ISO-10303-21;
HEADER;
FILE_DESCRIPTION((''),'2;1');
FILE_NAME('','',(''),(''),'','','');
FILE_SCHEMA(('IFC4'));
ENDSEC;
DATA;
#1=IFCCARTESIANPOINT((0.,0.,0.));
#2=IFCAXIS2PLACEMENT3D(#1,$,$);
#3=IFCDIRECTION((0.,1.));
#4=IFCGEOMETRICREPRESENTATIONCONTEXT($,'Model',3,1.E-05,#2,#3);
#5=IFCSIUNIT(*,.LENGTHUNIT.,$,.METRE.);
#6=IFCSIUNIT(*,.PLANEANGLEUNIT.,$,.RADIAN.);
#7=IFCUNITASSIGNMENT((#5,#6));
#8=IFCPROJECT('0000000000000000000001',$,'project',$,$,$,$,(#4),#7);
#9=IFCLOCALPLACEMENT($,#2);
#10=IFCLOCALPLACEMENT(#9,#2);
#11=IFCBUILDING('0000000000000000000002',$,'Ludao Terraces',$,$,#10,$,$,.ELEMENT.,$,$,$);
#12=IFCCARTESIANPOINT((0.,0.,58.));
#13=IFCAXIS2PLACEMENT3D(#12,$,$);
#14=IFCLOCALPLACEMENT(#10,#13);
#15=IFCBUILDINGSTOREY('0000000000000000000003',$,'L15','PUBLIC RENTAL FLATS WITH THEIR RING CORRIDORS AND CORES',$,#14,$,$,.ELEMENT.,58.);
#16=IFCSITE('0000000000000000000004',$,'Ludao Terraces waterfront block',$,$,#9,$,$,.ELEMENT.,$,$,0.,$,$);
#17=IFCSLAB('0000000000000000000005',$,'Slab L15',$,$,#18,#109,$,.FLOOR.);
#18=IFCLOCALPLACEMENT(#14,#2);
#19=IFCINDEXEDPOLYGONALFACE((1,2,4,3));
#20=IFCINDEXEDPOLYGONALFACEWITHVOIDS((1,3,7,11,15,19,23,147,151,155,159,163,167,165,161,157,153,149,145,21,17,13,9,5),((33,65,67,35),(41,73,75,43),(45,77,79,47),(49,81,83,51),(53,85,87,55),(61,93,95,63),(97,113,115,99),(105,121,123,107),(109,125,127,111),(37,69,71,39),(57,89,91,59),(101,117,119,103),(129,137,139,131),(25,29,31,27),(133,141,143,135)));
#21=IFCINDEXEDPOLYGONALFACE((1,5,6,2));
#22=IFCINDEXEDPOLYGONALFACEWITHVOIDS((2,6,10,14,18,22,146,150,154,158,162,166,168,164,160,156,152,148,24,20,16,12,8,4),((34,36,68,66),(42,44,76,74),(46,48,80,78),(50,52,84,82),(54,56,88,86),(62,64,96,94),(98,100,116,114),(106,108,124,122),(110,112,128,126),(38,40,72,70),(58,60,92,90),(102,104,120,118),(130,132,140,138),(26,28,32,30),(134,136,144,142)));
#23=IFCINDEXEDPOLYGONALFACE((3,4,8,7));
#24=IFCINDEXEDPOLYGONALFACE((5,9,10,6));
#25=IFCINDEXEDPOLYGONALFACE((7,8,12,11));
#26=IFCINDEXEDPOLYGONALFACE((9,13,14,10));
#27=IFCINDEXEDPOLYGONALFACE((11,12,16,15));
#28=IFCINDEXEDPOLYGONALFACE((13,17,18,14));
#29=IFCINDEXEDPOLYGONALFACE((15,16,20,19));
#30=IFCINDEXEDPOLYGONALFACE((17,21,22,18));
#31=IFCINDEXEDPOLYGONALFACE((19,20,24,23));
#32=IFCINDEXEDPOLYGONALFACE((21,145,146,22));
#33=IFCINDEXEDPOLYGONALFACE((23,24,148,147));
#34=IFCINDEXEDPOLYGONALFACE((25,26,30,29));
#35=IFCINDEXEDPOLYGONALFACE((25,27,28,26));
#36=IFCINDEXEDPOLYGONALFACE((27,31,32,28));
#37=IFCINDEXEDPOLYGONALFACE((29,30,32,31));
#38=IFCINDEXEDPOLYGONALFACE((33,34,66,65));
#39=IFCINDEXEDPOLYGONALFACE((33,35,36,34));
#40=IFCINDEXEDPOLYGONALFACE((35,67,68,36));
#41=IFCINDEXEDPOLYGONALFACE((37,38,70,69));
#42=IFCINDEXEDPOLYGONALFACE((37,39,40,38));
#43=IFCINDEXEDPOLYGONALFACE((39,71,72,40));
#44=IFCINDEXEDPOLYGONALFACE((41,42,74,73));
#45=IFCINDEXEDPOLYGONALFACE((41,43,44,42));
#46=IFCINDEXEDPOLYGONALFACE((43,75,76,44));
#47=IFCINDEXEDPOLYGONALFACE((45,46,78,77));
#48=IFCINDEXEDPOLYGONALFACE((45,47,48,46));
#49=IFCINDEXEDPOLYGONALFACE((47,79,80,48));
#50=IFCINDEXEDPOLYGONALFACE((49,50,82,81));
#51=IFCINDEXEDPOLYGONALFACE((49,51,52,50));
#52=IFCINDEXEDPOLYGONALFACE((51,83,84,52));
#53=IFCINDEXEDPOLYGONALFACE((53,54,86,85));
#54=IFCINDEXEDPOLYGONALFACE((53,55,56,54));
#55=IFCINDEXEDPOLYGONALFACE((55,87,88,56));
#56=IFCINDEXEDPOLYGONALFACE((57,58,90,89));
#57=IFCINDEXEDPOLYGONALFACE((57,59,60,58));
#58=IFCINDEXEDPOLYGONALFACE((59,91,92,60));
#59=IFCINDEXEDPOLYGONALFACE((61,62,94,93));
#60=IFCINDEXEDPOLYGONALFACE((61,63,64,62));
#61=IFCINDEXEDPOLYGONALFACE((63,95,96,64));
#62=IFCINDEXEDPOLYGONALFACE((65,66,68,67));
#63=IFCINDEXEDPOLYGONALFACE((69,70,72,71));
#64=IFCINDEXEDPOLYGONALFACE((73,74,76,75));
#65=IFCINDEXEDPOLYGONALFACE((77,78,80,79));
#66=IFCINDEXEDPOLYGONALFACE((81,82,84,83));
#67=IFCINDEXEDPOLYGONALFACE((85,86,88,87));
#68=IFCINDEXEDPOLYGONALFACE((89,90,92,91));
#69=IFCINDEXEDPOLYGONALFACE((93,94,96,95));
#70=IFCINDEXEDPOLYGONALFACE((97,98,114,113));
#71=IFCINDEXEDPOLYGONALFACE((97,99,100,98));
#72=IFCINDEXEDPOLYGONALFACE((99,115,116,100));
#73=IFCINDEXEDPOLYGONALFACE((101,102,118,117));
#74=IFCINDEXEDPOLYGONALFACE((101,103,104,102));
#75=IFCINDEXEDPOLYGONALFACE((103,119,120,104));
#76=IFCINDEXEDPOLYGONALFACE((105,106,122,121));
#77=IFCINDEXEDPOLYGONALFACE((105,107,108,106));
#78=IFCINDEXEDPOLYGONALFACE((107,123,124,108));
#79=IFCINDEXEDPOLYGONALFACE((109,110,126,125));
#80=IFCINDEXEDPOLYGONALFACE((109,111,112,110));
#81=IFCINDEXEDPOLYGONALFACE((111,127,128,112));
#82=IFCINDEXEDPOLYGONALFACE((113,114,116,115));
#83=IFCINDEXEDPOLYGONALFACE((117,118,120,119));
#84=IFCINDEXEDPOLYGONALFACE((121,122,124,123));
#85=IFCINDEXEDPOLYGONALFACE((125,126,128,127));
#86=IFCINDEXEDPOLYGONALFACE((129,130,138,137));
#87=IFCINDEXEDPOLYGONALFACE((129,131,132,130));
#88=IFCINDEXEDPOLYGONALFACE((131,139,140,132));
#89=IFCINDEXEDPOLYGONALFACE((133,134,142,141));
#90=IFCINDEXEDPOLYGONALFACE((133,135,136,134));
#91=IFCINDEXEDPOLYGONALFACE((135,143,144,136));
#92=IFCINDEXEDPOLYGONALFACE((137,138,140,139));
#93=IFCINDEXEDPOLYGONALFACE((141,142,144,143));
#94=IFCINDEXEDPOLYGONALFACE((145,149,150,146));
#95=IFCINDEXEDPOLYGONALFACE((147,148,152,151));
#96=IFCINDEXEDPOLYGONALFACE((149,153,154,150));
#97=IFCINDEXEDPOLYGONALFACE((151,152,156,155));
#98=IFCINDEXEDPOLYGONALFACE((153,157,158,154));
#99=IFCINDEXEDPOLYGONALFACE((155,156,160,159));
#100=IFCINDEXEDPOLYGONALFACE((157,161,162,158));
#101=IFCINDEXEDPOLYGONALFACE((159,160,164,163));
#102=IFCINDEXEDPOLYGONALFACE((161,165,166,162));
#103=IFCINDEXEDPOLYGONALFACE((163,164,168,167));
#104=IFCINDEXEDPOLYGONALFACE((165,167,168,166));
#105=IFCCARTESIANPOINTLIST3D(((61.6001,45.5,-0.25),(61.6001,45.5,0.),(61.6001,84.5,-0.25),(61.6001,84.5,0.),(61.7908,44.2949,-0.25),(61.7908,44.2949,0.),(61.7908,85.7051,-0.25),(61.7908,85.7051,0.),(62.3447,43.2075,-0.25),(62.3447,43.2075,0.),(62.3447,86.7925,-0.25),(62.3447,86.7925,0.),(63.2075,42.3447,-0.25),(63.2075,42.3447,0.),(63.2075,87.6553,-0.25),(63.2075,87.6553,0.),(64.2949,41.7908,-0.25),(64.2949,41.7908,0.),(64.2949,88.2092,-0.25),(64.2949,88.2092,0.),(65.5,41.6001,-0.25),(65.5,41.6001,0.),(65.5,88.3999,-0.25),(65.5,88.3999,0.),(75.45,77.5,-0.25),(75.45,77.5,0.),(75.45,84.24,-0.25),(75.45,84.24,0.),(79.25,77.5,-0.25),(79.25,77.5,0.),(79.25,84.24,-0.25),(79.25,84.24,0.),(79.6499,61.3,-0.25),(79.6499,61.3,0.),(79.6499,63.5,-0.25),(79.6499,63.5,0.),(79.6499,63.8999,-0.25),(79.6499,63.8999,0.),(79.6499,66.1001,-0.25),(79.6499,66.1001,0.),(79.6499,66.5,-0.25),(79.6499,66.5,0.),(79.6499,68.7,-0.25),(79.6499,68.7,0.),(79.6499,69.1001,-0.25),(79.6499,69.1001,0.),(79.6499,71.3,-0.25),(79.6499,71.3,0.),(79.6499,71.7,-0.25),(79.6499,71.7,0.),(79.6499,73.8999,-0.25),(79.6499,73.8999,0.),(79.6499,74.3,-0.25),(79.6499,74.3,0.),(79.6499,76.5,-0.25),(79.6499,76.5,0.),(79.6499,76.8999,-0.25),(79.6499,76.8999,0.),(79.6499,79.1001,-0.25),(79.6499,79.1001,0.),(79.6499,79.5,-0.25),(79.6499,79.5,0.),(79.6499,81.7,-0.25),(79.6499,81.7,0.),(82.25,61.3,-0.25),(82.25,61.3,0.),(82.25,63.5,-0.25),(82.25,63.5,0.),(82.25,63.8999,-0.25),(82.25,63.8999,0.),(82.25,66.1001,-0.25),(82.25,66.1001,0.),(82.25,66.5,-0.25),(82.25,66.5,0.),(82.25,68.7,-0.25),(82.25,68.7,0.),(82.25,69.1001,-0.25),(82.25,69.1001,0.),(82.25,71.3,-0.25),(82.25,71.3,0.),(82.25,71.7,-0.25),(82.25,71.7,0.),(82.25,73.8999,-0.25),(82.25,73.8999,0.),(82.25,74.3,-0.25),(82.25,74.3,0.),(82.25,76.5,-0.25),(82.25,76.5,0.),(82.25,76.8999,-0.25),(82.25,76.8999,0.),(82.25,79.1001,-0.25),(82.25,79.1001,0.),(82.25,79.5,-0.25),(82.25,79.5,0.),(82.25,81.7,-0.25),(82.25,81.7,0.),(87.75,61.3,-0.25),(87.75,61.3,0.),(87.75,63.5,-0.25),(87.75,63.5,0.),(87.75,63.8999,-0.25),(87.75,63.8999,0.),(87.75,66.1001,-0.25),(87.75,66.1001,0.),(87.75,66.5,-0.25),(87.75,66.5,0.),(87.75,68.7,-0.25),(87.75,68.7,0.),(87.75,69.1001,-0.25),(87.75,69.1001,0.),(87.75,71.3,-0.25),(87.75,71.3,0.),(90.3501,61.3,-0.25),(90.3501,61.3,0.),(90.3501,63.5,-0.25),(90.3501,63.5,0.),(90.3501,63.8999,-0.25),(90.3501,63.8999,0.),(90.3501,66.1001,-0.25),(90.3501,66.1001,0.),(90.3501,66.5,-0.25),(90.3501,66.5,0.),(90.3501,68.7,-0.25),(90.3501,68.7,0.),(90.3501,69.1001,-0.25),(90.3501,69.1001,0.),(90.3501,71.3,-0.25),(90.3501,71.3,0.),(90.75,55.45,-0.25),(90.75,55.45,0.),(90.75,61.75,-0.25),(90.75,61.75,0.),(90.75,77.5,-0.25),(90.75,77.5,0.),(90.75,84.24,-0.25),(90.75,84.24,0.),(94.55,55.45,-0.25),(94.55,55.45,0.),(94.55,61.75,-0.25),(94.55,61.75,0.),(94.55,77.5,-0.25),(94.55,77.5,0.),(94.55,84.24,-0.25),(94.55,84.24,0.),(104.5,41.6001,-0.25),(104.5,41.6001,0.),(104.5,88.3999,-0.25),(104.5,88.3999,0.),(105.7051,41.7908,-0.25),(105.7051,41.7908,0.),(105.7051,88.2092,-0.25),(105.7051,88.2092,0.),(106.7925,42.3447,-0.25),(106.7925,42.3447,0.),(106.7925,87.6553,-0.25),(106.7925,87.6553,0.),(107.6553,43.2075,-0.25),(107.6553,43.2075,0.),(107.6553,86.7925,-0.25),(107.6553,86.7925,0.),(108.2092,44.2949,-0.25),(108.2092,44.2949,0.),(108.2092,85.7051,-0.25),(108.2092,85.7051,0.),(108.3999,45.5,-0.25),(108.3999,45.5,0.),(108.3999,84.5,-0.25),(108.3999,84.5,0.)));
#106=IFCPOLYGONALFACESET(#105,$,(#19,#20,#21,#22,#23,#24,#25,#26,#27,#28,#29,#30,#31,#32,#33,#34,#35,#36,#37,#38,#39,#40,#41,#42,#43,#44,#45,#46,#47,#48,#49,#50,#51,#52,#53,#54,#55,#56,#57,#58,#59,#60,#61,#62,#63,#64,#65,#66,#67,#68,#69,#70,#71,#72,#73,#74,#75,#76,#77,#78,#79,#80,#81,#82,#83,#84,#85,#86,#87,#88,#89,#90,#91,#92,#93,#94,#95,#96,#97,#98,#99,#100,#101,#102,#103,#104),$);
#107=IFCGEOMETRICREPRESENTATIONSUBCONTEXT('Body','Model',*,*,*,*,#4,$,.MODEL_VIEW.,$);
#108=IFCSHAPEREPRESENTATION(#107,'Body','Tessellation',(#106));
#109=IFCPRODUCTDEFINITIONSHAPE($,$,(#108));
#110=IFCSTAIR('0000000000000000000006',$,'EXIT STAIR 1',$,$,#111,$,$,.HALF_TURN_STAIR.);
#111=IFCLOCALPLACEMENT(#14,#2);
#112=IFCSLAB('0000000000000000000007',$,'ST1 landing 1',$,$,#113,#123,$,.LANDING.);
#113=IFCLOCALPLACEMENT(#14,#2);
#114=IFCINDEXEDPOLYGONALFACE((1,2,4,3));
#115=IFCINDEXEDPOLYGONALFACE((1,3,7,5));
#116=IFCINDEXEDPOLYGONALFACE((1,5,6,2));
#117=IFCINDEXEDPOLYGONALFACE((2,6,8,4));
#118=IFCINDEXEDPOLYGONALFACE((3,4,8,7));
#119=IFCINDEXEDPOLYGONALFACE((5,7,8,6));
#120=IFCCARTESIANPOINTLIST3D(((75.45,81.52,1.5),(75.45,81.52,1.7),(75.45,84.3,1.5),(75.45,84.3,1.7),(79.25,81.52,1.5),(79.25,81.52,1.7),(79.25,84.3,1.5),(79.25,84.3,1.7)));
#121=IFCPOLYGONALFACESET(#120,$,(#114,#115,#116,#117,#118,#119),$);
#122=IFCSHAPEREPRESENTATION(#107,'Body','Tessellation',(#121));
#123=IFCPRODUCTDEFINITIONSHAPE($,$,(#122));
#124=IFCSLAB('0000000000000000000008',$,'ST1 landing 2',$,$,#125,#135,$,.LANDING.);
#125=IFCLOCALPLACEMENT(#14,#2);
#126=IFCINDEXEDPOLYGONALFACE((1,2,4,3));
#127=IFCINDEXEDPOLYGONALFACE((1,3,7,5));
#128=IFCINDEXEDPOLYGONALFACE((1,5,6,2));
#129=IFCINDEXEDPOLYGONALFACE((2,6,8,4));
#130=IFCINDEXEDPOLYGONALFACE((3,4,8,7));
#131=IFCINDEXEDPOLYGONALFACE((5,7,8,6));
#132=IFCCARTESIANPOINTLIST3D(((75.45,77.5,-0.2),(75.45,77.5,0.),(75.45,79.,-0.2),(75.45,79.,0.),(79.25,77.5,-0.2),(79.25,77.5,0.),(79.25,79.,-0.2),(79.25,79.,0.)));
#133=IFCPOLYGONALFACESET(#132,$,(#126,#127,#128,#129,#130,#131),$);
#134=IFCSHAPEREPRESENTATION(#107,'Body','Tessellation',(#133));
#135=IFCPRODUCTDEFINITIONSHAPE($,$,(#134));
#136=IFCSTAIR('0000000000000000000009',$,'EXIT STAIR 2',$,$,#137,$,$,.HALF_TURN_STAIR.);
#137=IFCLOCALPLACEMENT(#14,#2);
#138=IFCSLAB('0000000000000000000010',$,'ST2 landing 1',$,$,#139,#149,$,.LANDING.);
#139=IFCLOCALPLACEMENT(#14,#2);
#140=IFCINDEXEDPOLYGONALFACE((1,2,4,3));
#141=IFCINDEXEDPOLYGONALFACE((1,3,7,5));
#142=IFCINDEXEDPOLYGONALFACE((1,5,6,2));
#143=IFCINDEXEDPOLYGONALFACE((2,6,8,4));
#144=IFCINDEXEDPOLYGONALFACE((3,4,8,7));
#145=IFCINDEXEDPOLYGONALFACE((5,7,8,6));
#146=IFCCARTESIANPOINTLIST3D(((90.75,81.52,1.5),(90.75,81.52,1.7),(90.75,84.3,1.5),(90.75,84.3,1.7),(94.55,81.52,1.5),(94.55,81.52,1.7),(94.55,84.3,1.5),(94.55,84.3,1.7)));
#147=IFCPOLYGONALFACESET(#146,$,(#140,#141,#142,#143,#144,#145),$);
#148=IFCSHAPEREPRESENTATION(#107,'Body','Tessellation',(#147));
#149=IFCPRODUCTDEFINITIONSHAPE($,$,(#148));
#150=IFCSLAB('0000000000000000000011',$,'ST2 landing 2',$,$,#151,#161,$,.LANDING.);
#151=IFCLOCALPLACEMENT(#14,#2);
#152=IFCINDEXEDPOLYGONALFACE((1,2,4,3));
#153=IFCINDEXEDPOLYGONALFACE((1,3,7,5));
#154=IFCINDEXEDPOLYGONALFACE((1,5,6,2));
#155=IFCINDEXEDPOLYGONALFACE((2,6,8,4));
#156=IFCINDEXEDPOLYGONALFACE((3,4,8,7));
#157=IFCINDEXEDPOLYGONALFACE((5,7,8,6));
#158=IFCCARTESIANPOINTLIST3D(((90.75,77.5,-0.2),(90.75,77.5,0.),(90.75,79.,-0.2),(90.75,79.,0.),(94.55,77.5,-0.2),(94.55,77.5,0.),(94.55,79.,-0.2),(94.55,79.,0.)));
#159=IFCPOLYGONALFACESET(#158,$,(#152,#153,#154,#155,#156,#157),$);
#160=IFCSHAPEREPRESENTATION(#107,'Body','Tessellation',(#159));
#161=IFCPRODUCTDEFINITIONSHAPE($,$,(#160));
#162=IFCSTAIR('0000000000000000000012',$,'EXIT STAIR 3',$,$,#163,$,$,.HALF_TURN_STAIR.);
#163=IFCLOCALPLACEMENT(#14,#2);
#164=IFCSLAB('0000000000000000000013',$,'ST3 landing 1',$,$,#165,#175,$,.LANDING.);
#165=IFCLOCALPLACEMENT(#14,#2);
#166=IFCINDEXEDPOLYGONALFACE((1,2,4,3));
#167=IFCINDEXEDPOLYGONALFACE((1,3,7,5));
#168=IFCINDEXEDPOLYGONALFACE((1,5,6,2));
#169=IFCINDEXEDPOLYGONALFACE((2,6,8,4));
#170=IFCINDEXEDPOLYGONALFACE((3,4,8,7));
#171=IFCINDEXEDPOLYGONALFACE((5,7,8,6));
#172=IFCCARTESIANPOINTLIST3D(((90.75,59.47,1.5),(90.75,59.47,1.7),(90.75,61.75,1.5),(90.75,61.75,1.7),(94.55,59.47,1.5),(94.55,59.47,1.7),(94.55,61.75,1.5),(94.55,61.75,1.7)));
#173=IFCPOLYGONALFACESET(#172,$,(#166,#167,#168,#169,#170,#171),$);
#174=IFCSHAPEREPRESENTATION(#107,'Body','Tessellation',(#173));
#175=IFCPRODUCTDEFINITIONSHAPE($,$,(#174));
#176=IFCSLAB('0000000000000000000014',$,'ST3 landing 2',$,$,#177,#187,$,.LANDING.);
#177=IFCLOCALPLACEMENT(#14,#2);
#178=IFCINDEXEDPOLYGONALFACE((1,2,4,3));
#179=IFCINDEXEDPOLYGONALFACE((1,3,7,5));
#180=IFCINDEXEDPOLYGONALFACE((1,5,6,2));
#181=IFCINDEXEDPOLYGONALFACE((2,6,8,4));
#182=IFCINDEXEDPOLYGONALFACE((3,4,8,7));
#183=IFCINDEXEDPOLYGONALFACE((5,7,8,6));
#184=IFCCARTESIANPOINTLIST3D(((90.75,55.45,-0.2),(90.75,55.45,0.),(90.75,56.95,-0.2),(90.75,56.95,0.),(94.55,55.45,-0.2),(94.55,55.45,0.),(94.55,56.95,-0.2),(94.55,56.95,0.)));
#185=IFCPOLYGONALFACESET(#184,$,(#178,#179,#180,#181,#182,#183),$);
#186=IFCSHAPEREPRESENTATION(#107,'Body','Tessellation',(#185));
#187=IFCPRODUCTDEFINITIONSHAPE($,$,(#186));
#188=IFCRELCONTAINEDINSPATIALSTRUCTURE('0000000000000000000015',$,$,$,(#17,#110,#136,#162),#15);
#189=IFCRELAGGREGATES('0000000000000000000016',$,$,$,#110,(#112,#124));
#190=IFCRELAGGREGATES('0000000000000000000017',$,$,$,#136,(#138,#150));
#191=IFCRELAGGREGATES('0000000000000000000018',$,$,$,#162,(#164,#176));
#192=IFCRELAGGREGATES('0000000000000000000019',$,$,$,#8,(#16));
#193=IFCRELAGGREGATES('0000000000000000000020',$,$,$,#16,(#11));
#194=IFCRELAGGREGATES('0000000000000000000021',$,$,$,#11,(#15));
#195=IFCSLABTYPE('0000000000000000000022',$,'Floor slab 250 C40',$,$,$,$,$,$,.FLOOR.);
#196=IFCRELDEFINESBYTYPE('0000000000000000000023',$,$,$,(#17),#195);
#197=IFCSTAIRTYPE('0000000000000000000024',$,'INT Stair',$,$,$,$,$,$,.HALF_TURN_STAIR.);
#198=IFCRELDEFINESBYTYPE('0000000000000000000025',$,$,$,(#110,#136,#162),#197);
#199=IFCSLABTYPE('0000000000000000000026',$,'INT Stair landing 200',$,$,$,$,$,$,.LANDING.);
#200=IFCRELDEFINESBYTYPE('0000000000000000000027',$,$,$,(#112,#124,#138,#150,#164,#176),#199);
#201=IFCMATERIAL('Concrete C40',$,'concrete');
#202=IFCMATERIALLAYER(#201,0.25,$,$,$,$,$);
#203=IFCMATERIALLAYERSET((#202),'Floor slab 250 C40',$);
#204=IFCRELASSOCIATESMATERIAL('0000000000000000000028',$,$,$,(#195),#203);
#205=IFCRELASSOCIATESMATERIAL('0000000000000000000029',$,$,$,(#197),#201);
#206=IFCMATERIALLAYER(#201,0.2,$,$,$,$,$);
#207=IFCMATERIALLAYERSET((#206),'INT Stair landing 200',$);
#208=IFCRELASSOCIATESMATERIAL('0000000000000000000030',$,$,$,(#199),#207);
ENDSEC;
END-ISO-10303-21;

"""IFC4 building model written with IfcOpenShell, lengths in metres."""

from ifc_helpers import new_model, si_unit, direction, frame, origin, place, context, subcontext, project, spatial, polyline, outline, extrude, material, layer, layer_set, type_object, element, aggregate, save


model = new_model("IFC4")

# Units and contexts
model_context = context("Model", 3, precision=1e-05, world=origin(), true_north=direction((0.0, 1.0)))
body_context = subcontext(model_context, "Body", "Model", "MODEL_VIEW")
ifc_project = project(units=[si_unit("LENGTHUNIT", "METRE"), si_unit("PLANEANGLEUNIT", "RADIAN")], contexts=[model_context])

# Site, building, storey
site_placement = place(None, origin())
site = spatial("IfcSite", under=ifc_project, at=site_placement, Name="Ludao Terraces waterfront block", CompositionType="ELEMENT", RefElevation=0.0)
building_placement = place(site_placement, origin())
building = spatial("IfcBuilding", under=site, at=building_placement, Name="Ludao Terraces", CompositionType="ELEMENT")
storey_placement = place(building_placement, frame((0.0, 0.0, 58.0)))
storey = spatial("IfcBuildingStorey", under=building, at=storey_placement, Name="L15", Description="PUBLIC RENTAL FLATS WITH THEIR RING CORRIDORS AND CORES", CompositionType="ELEMENT", Elevation=58.0)

# Shared definitions
ifc_material_1 = material(Name="Concrete C40", Category="concrete")

# Slab
ifc_layer_1 = layer(ifc_material_1, 0.25)
ifc_layer_set_1 = layer_set([ifc_layer_1], Name="Floor slab 250 C40")
slab_type_1 = type_object("IfcSlabType", Name="Floor slab 250 C40", PredefinedType="FLOOR", material=ifc_layer_set_1)
slab_1_placement = place(storey_placement, frame((0.0, 0.0, -0.25)))
element("IfcSlab", 1, at=slab_1_placement, inside=storey, type_object=slab_type_1, Name="Slab L15", PredefinedType="FLOOR", context=body_context, shape_type="SweptSolid", body=[
    extrude(outline(polyline([(104.5, 41.6001), (105.7051, 41.7908), (106.7925, 42.3447), (107.6553, 43.2075), (108.2092, 44.2949), (108.3999, 45.5), (108.3999, 84.5), (108.2092, 85.7051), (107.6553, 86.7925), (106.7925, 87.6553), (105.7051, 88.2092), (104.5, 88.3999), (65.5, 88.3999), (64.2949, 88.2092), (63.2075, 87.6553), (62.3447, 86.7925), (61.7908, 85.7051), (61.6001, 84.5), (61.6001, 45.5), (61.7908, 44.2949), (62.3447, 43.2075), (63.2075, 42.3447), (64.2949, 41.7908), (65.5, 41.6001), (104.5, 41.6001)]), holes=[polyline([(79.6499, 61.3), (82.25, 61.3), (82.25, 63.5), (79.6499, 63.5), (79.6499, 61.3)]), polyline([(79.6499, 63.8999), (82.25, 63.8999), (82.25, 66.1001), (79.6499, 66.1001), (79.6499, 63.8999)]), polyline([(79.6499, 66.5), (82.25, 66.5), (82.25, 68.7), (79.6499, 68.7), (79.6499, 66.5)]), polyline([(79.6499, 69.1001), (82.25, 69.1001), (82.25, 71.3), (79.6499, 71.3), (79.6499, 69.1001)]), polyline([(79.6499, 71.7), (82.25, 71.7), (82.25, 73.8999), (79.6499, 73.8999), (79.6499, 71.7)]), polyline([(79.6499, 74.3), (82.25, 74.3), (82.25, 76.5), (79.6499, 76.5), (79.6499, 74.3)]), polyline([(79.6499, 76.8999), (82.25, 76.8999), (82.25, 79.1001), (79.6499, 79.1001), (79.6499, 76.8999)]), polyline([(79.6499, 79.5), (82.25, 79.5), (82.25, 81.7), (79.6499, 81.7), (79.6499, 79.5)]), polyline([(87.75, 61.3), (90.3501, 61.3), (90.3501, 63.5), (87.75, 63.5), (87.75, 61.3)]), polyline([(87.75, 63.8999), (90.3501, 63.8999), (90.3501, 66.1001), (87.75, 66.1001), (87.75, 63.8999)]), polyline([(87.75, 66.5), (90.3501, 66.5), (90.3501, 68.7), (87.75, 68.7), (87.75, 66.5)]), polyline([(87.75, 69.1001), (90.3501, 69.1001), (90.3501, 71.3), (87.75, 71.3), (87.75, 69.1001)]), polyline([(75.45, 77.5), (79.25, 77.5), (79.25, 84.24), (75.45, 84.24), (75.45, 77.5)]), polyline([(90.75, 77.5), (94.55, 77.5), (94.55, 84.24), (90.75, 84.24), (90.75, 77.5)]), polyline([(90.75, 55.45), (94.55, 55.45), (94.55, 61.75), (90.75, 61.75), (90.75, 55.45)])]), origin(), (0.0, 0.0, 1.0), 0.25),
])

# Stairs, slabs
stair_type = type_object("IfcStairType", Name="INT Stair", PredefinedType="HALF_TURN_STAIR", material=ifc_material_1)
stair_1_placement = place(storey_placement, origin())
stair_1 = element("IfcStair", 2, at=stair_1_placement, inside=storey, type_object=stair_type, Name="EXIT STAIR 1", PredefinedType="HALF_TURN_STAIR")
ifc_layer_2 = layer(ifc_material_1, 0.2)
ifc_layer_set_2 = layer_set([ifc_layer_2], Name="INT Stair landing 200")
slab_type_2 = type_object("IfcSlabType", Name="INT Stair landing 200", PredefinedType="LANDING", material=ifc_layer_set_2)
slab_2_placement = place(storey_placement, frame((0.0, 0.0, 1.5)))
slab_2 = element("IfcSlab", 3, at=slab_2_placement, type_object=slab_type_2, Name="ST1 landing 1", PredefinedType="LANDING", context=body_context, shape_type="SweptSolid", body=[
    extrude(outline(polyline([(75.45, 81.52), (79.25, 81.52), (79.25, 84.3), (75.45, 84.3), (75.45, 81.52)])), origin(), (0.0, 0.0, 1.0), 0.2),
])
slab_3_placement = place(storey_placement, frame((0.0, 0.0, -0.2)))
slab_3 = element("IfcSlab", 4, at=slab_3_placement, type_object=slab_type_2, Name="ST1 landing 2", PredefinedType="LANDING", context=body_context, shape_type="SweptSolid", body=[
    extrude(outline(polyline([(75.45, 77.5), (79.25, 77.5), (79.25, 79.0), (75.45, 79.0), (75.45, 77.5)])), origin(), (0.0, 0.0, 1.0), 0.2),
])
aggregate(stair_1, [slab_2, slab_3])
stair_2_placement = place(storey_placement, origin())
stair_2 = element("IfcStair", 5, at=stair_2_placement, inside=storey, type_object=stair_type, Name="EXIT STAIR 2", PredefinedType="HALF_TURN_STAIR")
slab_4_placement = place(storey_placement, frame((0.0, 0.0, 1.5)))
slab_4 = element("IfcSlab", 6, at=slab_4_placement, type_object=slab_type_2, Name="ST2 landing 1", PredefinedType="LANDING", context=body_context, shape_type="SweptSolid", body=[
    extrude(outline(polyline([(90.75, 81.52), (94.55, 81.52), (94.55, 84.3), (90.75, 84.3), (90.75, 81.52)])), origin(), (0.0, 0.0, 1.0), 0.2),
])
slab_5_placement = place(storey_placement, frame((0.0, 0.0, -0.2)))
slab_5 = element("IfcSlab", 7, at=slab_5_placement, type_object=slab_type_2, Name="ST2 landing 2", PredefinedType="LANDING", context=body_context, shape_type="SweptSolid", body=[
    extrude(outline(polyline([(90.75, 77.5), (94.55, 77.5), (94.55, 79.0), (90.75, 79.0), (90.75, 77.5)])), origin(), (0.0, 0.0, 1.0), 0.2),
])
aggregate(stair_2, [slab_4, slab_5])
stair_3_placement = place(storey_placement, origin())
stair_3 = element("IfcStair", 8, at=stair_3_placement, inside=storey, type_object=stair_type, Name="EXIT STAIR 3", PredefinedType="HALF_TURN_STAIR")
slab_6_placement = place(storey_placement, frame((0.0, 0.0, 1.5)))
slab_6 = element("IfcSlab", 9, at=slab_6_placement, type_object=slab_type_2, Name="ST3 landing 1", PredefinedType="LANDING", context=body_context, shape_type="SweptSolid", body=[
    extrude(outline(polyline([(90.75, 59.47), (94.55, 59.47), (94.55, 61.75), (90.75, 61.75), (90.75, 59.47)])), origin(), (0.0, 0.0, 1.0), 0.2),
])
slab_7_placement = place(storey_placement, frame((0.0, 0.0, -0.2)))
slab_7 = element("IfcSlab", 10, at=slab_7_placement, type_object=slab_type_2, Name="ST3 landing 2", PredefinedType="LANDING", context=body_context, shape_type="SweptSolid", body=[
    extrude(outline(polyline([(90.75, 55.45), (94.55, 55.45), (94.55, 56.95), (90.75, 56.95), (90.75, 55.45)])), origin(), (0.0, 0.0, 1.0), 0.2),
])
aggregate(stair_3, [slab_6, slab_7])

save(model, "model.ifc")
